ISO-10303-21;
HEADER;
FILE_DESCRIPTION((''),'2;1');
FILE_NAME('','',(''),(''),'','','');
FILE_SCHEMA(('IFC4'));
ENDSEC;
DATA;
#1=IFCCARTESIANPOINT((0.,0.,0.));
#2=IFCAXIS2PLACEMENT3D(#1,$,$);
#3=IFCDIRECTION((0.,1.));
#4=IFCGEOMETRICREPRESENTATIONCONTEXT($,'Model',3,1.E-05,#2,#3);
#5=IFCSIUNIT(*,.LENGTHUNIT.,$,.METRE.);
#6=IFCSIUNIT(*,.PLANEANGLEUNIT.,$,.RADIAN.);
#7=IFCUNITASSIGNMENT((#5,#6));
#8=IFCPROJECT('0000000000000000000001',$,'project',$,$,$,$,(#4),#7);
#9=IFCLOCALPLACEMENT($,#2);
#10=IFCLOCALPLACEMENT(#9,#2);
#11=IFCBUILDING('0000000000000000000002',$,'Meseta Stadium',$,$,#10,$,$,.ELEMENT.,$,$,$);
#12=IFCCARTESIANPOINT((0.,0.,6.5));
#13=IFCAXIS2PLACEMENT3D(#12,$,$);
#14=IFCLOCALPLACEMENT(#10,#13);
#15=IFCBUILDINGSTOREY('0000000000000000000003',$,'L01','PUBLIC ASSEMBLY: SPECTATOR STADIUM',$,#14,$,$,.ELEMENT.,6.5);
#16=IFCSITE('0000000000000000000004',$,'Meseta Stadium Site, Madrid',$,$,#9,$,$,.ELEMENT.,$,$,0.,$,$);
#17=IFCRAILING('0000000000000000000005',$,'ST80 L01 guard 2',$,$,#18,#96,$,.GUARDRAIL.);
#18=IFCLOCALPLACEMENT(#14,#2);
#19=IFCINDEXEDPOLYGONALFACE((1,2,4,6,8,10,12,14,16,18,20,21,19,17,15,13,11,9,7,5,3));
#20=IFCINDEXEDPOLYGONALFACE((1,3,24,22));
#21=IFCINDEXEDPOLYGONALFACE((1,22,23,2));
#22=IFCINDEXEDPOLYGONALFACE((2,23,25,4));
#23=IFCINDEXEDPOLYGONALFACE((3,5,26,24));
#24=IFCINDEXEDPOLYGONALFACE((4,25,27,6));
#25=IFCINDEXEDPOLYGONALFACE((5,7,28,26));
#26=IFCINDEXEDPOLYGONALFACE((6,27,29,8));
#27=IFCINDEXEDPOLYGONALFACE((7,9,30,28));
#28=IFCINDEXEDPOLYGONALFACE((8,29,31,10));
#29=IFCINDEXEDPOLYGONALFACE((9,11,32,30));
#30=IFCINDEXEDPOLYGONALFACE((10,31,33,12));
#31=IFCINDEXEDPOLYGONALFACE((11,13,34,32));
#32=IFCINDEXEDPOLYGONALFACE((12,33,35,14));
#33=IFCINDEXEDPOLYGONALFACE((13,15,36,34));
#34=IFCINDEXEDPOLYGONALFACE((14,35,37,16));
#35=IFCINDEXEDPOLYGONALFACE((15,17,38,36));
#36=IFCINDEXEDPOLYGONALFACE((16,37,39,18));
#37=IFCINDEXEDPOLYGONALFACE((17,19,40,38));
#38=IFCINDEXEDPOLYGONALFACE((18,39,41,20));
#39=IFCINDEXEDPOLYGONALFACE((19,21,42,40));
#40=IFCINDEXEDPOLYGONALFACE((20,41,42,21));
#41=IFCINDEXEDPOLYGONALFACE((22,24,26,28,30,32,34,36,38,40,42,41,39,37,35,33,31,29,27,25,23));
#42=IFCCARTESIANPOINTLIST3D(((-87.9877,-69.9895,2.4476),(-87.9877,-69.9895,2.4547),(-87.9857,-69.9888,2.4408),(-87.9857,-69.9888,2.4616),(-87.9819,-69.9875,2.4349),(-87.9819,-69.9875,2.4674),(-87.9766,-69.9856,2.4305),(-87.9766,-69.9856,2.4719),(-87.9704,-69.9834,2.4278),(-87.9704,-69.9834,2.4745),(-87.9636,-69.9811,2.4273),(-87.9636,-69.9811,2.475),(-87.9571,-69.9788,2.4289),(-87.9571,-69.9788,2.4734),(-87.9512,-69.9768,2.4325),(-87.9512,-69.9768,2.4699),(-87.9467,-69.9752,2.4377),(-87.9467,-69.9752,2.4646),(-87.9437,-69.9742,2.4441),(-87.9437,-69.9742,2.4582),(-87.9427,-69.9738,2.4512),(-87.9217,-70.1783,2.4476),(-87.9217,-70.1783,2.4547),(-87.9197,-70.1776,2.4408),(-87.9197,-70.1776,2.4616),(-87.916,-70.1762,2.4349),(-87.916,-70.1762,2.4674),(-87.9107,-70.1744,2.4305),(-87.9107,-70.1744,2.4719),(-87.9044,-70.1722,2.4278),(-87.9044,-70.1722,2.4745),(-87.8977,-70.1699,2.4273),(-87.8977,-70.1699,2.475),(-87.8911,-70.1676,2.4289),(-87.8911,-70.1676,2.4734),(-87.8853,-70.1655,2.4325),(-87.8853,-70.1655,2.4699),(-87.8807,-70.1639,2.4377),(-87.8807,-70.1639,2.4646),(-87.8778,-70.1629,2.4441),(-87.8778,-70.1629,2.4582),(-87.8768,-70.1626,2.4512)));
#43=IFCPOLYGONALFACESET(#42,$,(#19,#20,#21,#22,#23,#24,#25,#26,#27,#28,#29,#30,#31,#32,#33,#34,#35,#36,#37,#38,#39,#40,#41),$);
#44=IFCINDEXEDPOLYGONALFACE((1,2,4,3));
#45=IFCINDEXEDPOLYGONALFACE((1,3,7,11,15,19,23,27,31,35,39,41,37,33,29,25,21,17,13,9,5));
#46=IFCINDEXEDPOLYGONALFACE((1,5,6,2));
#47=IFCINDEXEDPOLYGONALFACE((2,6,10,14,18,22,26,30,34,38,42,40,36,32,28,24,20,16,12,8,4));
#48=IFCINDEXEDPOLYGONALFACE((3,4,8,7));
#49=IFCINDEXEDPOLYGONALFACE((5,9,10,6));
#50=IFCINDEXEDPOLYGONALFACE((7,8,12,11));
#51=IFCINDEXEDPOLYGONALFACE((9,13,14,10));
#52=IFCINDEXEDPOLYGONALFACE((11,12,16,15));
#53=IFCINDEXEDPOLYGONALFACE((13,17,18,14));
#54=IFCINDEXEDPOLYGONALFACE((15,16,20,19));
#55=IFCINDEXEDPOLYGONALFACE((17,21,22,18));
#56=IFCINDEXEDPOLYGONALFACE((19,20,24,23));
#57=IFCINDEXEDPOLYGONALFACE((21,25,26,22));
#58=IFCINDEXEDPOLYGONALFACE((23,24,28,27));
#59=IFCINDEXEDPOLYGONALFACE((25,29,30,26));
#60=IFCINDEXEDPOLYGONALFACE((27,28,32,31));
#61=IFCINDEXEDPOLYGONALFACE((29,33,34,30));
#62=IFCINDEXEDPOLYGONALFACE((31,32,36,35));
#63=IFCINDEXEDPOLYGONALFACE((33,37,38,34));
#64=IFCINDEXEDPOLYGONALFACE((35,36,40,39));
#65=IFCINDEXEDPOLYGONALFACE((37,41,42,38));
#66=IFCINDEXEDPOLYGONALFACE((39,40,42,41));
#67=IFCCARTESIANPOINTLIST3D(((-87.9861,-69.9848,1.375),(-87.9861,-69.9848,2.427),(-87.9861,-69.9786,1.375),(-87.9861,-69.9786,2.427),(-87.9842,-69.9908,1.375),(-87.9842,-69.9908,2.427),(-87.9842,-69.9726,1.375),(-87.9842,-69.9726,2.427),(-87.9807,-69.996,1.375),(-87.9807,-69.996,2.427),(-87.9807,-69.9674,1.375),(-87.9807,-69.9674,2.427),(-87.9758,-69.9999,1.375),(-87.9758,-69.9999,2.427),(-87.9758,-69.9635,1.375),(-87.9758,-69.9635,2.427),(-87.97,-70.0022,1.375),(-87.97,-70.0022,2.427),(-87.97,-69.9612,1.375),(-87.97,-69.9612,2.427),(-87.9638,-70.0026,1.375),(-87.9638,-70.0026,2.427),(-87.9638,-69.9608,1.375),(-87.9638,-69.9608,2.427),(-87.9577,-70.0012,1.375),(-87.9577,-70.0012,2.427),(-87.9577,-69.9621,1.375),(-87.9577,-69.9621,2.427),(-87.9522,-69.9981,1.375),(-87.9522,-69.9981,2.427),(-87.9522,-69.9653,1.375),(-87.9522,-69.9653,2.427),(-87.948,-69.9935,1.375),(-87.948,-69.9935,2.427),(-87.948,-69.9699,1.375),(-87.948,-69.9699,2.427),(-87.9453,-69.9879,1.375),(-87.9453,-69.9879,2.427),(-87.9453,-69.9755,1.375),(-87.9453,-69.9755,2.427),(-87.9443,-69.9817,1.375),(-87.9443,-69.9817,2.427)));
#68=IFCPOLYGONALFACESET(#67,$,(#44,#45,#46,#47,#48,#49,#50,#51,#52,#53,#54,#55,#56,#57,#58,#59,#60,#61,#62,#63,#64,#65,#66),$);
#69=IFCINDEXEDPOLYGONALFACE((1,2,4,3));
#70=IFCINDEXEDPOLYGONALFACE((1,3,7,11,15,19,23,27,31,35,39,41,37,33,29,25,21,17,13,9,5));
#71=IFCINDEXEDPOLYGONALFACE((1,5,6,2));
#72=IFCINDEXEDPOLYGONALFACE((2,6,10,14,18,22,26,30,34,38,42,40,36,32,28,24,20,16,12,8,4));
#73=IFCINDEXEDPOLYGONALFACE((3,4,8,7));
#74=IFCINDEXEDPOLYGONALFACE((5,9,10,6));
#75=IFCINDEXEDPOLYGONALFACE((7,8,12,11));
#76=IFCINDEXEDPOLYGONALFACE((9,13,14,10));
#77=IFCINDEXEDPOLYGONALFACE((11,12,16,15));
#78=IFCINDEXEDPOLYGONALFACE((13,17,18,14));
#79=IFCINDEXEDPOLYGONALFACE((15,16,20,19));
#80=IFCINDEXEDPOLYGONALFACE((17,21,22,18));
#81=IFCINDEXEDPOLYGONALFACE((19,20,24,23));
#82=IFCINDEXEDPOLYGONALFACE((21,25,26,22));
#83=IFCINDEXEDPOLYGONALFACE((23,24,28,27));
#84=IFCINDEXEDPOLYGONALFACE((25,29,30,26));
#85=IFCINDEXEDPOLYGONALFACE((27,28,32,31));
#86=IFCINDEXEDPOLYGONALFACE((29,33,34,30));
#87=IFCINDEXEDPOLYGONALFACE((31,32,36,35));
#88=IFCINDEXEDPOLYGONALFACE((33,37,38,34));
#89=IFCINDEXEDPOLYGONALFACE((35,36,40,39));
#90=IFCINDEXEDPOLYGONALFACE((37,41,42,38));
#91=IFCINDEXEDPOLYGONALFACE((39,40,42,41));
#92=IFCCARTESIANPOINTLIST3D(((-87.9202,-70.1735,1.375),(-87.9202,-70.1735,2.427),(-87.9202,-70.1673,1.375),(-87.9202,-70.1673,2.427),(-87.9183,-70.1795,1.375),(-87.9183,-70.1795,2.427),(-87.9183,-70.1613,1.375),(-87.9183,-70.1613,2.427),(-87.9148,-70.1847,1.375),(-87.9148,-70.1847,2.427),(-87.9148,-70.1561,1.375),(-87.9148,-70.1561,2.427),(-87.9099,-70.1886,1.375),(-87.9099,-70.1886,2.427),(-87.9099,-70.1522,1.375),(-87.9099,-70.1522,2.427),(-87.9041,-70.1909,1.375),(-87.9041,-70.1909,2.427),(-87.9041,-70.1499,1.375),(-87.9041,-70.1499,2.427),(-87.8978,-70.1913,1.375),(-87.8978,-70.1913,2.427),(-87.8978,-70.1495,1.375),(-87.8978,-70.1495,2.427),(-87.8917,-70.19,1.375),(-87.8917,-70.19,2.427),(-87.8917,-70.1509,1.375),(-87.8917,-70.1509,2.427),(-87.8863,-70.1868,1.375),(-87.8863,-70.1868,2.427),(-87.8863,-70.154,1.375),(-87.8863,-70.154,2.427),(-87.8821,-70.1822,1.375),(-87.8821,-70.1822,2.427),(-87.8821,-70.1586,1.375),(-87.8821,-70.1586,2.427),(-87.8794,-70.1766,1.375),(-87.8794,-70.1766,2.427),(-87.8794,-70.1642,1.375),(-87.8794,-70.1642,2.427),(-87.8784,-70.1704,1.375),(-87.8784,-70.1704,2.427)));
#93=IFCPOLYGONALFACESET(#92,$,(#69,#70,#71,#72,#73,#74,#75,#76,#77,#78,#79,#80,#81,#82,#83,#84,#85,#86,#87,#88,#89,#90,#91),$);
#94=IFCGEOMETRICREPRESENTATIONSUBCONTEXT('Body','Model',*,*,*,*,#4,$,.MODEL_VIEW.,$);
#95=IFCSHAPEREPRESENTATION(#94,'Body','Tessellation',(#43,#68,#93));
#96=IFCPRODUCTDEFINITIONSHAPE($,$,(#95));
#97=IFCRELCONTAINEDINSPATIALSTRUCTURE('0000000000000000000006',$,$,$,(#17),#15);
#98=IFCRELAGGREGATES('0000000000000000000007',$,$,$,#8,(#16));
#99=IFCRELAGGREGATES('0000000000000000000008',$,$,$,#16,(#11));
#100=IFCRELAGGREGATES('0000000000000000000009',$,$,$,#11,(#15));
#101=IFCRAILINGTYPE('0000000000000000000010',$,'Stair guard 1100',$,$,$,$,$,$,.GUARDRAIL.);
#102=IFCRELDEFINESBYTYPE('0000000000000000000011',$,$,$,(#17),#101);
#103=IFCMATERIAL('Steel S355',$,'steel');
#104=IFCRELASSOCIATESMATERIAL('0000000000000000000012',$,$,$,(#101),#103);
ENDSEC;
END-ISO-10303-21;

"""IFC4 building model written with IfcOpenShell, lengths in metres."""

from ifc_helpers import new_model, si_unit, direction, frame, origin, origin_2d, place, context, subcontext, project, spatial, circle, extrude, material, type_object, element, save


model = new_model("IFC4")

# Units and contexts
model_context = context("Model", 3, precision=1e-05, world=origin(), true_north=direction((0.0, 1.0)))
body_context = subcontext(model_context, "Body", "Model", "MODEL_VIEW")
ifc_project = project(units=[si_unit("LENGTHUNIT", "METRE"), si_unit("PLANEANGLEUNIT", "RADIAN")], contexts=[model_context])

# Site, building, storey
site_placement = place(None, origin())
site = spatial("IfcSite", under=ifc_project, at=site_placement, Name="Meseta Stadium Site, Madrid", CompositionType="ELEMENT", RefElevation=0.0)
building_placement = place(site_placement, origin())
building = spatial("IfcBuilding", under=site, at=building_placement, Name="Meseta Stadium", CompositionType="ELEMENT")
storey_placement = place(building_placement, frame((0.0, 0.0, 6.5)))
storey = spatial("IfcBuildingStorey", under=building, at=storey_placement, Name="L01", Description="PUBLIC ASSEMBLY: SPECTATOR STADIUM", CompositionType="ELEMENT", Elevation=6.5)

# Railing
ifc_material_1 = material(Name="Steel S355", Category="steel")
railing_type_1 = type_object("IfcRailingType", Name="Stair guard 1100", PredefinedType="GUARDRAIL", material=ifc_material_1)
railing_1_placement = place(storey_placement, frame((-87.9653, -69.9817, 1.375)))
element("IfcRailing", 1, at=railing_1_placement, inside=storey, type_object=railing_type_1, Name="ST80 L01 guard 2", PredefinedType="GUARDRAIL", context=body_context, shape_type="SweptSolid", body=[
    extrude(circle(Radius=0.0239, at=origin_2d()), frame((0.0, 0.0, 1.0762), z_axis=(0.329752, -0.944068, 0.0), x_axis=(0.944068, 0.329752, 0.0)), (0.0, 0.0, 1.0), 0.2),
    extrude(circle(Radius=0.021, at=origin_2d()), origin(), (0.0, 0.0, 1.0), 1.052),
    extrude(circle(Radius=0.021, at=origin_2d()), frame((0.0659, -0.1887, 0.0)), (0.0, 0.0, 1.0), 1.052),
])

save(model, "model.ifc")
